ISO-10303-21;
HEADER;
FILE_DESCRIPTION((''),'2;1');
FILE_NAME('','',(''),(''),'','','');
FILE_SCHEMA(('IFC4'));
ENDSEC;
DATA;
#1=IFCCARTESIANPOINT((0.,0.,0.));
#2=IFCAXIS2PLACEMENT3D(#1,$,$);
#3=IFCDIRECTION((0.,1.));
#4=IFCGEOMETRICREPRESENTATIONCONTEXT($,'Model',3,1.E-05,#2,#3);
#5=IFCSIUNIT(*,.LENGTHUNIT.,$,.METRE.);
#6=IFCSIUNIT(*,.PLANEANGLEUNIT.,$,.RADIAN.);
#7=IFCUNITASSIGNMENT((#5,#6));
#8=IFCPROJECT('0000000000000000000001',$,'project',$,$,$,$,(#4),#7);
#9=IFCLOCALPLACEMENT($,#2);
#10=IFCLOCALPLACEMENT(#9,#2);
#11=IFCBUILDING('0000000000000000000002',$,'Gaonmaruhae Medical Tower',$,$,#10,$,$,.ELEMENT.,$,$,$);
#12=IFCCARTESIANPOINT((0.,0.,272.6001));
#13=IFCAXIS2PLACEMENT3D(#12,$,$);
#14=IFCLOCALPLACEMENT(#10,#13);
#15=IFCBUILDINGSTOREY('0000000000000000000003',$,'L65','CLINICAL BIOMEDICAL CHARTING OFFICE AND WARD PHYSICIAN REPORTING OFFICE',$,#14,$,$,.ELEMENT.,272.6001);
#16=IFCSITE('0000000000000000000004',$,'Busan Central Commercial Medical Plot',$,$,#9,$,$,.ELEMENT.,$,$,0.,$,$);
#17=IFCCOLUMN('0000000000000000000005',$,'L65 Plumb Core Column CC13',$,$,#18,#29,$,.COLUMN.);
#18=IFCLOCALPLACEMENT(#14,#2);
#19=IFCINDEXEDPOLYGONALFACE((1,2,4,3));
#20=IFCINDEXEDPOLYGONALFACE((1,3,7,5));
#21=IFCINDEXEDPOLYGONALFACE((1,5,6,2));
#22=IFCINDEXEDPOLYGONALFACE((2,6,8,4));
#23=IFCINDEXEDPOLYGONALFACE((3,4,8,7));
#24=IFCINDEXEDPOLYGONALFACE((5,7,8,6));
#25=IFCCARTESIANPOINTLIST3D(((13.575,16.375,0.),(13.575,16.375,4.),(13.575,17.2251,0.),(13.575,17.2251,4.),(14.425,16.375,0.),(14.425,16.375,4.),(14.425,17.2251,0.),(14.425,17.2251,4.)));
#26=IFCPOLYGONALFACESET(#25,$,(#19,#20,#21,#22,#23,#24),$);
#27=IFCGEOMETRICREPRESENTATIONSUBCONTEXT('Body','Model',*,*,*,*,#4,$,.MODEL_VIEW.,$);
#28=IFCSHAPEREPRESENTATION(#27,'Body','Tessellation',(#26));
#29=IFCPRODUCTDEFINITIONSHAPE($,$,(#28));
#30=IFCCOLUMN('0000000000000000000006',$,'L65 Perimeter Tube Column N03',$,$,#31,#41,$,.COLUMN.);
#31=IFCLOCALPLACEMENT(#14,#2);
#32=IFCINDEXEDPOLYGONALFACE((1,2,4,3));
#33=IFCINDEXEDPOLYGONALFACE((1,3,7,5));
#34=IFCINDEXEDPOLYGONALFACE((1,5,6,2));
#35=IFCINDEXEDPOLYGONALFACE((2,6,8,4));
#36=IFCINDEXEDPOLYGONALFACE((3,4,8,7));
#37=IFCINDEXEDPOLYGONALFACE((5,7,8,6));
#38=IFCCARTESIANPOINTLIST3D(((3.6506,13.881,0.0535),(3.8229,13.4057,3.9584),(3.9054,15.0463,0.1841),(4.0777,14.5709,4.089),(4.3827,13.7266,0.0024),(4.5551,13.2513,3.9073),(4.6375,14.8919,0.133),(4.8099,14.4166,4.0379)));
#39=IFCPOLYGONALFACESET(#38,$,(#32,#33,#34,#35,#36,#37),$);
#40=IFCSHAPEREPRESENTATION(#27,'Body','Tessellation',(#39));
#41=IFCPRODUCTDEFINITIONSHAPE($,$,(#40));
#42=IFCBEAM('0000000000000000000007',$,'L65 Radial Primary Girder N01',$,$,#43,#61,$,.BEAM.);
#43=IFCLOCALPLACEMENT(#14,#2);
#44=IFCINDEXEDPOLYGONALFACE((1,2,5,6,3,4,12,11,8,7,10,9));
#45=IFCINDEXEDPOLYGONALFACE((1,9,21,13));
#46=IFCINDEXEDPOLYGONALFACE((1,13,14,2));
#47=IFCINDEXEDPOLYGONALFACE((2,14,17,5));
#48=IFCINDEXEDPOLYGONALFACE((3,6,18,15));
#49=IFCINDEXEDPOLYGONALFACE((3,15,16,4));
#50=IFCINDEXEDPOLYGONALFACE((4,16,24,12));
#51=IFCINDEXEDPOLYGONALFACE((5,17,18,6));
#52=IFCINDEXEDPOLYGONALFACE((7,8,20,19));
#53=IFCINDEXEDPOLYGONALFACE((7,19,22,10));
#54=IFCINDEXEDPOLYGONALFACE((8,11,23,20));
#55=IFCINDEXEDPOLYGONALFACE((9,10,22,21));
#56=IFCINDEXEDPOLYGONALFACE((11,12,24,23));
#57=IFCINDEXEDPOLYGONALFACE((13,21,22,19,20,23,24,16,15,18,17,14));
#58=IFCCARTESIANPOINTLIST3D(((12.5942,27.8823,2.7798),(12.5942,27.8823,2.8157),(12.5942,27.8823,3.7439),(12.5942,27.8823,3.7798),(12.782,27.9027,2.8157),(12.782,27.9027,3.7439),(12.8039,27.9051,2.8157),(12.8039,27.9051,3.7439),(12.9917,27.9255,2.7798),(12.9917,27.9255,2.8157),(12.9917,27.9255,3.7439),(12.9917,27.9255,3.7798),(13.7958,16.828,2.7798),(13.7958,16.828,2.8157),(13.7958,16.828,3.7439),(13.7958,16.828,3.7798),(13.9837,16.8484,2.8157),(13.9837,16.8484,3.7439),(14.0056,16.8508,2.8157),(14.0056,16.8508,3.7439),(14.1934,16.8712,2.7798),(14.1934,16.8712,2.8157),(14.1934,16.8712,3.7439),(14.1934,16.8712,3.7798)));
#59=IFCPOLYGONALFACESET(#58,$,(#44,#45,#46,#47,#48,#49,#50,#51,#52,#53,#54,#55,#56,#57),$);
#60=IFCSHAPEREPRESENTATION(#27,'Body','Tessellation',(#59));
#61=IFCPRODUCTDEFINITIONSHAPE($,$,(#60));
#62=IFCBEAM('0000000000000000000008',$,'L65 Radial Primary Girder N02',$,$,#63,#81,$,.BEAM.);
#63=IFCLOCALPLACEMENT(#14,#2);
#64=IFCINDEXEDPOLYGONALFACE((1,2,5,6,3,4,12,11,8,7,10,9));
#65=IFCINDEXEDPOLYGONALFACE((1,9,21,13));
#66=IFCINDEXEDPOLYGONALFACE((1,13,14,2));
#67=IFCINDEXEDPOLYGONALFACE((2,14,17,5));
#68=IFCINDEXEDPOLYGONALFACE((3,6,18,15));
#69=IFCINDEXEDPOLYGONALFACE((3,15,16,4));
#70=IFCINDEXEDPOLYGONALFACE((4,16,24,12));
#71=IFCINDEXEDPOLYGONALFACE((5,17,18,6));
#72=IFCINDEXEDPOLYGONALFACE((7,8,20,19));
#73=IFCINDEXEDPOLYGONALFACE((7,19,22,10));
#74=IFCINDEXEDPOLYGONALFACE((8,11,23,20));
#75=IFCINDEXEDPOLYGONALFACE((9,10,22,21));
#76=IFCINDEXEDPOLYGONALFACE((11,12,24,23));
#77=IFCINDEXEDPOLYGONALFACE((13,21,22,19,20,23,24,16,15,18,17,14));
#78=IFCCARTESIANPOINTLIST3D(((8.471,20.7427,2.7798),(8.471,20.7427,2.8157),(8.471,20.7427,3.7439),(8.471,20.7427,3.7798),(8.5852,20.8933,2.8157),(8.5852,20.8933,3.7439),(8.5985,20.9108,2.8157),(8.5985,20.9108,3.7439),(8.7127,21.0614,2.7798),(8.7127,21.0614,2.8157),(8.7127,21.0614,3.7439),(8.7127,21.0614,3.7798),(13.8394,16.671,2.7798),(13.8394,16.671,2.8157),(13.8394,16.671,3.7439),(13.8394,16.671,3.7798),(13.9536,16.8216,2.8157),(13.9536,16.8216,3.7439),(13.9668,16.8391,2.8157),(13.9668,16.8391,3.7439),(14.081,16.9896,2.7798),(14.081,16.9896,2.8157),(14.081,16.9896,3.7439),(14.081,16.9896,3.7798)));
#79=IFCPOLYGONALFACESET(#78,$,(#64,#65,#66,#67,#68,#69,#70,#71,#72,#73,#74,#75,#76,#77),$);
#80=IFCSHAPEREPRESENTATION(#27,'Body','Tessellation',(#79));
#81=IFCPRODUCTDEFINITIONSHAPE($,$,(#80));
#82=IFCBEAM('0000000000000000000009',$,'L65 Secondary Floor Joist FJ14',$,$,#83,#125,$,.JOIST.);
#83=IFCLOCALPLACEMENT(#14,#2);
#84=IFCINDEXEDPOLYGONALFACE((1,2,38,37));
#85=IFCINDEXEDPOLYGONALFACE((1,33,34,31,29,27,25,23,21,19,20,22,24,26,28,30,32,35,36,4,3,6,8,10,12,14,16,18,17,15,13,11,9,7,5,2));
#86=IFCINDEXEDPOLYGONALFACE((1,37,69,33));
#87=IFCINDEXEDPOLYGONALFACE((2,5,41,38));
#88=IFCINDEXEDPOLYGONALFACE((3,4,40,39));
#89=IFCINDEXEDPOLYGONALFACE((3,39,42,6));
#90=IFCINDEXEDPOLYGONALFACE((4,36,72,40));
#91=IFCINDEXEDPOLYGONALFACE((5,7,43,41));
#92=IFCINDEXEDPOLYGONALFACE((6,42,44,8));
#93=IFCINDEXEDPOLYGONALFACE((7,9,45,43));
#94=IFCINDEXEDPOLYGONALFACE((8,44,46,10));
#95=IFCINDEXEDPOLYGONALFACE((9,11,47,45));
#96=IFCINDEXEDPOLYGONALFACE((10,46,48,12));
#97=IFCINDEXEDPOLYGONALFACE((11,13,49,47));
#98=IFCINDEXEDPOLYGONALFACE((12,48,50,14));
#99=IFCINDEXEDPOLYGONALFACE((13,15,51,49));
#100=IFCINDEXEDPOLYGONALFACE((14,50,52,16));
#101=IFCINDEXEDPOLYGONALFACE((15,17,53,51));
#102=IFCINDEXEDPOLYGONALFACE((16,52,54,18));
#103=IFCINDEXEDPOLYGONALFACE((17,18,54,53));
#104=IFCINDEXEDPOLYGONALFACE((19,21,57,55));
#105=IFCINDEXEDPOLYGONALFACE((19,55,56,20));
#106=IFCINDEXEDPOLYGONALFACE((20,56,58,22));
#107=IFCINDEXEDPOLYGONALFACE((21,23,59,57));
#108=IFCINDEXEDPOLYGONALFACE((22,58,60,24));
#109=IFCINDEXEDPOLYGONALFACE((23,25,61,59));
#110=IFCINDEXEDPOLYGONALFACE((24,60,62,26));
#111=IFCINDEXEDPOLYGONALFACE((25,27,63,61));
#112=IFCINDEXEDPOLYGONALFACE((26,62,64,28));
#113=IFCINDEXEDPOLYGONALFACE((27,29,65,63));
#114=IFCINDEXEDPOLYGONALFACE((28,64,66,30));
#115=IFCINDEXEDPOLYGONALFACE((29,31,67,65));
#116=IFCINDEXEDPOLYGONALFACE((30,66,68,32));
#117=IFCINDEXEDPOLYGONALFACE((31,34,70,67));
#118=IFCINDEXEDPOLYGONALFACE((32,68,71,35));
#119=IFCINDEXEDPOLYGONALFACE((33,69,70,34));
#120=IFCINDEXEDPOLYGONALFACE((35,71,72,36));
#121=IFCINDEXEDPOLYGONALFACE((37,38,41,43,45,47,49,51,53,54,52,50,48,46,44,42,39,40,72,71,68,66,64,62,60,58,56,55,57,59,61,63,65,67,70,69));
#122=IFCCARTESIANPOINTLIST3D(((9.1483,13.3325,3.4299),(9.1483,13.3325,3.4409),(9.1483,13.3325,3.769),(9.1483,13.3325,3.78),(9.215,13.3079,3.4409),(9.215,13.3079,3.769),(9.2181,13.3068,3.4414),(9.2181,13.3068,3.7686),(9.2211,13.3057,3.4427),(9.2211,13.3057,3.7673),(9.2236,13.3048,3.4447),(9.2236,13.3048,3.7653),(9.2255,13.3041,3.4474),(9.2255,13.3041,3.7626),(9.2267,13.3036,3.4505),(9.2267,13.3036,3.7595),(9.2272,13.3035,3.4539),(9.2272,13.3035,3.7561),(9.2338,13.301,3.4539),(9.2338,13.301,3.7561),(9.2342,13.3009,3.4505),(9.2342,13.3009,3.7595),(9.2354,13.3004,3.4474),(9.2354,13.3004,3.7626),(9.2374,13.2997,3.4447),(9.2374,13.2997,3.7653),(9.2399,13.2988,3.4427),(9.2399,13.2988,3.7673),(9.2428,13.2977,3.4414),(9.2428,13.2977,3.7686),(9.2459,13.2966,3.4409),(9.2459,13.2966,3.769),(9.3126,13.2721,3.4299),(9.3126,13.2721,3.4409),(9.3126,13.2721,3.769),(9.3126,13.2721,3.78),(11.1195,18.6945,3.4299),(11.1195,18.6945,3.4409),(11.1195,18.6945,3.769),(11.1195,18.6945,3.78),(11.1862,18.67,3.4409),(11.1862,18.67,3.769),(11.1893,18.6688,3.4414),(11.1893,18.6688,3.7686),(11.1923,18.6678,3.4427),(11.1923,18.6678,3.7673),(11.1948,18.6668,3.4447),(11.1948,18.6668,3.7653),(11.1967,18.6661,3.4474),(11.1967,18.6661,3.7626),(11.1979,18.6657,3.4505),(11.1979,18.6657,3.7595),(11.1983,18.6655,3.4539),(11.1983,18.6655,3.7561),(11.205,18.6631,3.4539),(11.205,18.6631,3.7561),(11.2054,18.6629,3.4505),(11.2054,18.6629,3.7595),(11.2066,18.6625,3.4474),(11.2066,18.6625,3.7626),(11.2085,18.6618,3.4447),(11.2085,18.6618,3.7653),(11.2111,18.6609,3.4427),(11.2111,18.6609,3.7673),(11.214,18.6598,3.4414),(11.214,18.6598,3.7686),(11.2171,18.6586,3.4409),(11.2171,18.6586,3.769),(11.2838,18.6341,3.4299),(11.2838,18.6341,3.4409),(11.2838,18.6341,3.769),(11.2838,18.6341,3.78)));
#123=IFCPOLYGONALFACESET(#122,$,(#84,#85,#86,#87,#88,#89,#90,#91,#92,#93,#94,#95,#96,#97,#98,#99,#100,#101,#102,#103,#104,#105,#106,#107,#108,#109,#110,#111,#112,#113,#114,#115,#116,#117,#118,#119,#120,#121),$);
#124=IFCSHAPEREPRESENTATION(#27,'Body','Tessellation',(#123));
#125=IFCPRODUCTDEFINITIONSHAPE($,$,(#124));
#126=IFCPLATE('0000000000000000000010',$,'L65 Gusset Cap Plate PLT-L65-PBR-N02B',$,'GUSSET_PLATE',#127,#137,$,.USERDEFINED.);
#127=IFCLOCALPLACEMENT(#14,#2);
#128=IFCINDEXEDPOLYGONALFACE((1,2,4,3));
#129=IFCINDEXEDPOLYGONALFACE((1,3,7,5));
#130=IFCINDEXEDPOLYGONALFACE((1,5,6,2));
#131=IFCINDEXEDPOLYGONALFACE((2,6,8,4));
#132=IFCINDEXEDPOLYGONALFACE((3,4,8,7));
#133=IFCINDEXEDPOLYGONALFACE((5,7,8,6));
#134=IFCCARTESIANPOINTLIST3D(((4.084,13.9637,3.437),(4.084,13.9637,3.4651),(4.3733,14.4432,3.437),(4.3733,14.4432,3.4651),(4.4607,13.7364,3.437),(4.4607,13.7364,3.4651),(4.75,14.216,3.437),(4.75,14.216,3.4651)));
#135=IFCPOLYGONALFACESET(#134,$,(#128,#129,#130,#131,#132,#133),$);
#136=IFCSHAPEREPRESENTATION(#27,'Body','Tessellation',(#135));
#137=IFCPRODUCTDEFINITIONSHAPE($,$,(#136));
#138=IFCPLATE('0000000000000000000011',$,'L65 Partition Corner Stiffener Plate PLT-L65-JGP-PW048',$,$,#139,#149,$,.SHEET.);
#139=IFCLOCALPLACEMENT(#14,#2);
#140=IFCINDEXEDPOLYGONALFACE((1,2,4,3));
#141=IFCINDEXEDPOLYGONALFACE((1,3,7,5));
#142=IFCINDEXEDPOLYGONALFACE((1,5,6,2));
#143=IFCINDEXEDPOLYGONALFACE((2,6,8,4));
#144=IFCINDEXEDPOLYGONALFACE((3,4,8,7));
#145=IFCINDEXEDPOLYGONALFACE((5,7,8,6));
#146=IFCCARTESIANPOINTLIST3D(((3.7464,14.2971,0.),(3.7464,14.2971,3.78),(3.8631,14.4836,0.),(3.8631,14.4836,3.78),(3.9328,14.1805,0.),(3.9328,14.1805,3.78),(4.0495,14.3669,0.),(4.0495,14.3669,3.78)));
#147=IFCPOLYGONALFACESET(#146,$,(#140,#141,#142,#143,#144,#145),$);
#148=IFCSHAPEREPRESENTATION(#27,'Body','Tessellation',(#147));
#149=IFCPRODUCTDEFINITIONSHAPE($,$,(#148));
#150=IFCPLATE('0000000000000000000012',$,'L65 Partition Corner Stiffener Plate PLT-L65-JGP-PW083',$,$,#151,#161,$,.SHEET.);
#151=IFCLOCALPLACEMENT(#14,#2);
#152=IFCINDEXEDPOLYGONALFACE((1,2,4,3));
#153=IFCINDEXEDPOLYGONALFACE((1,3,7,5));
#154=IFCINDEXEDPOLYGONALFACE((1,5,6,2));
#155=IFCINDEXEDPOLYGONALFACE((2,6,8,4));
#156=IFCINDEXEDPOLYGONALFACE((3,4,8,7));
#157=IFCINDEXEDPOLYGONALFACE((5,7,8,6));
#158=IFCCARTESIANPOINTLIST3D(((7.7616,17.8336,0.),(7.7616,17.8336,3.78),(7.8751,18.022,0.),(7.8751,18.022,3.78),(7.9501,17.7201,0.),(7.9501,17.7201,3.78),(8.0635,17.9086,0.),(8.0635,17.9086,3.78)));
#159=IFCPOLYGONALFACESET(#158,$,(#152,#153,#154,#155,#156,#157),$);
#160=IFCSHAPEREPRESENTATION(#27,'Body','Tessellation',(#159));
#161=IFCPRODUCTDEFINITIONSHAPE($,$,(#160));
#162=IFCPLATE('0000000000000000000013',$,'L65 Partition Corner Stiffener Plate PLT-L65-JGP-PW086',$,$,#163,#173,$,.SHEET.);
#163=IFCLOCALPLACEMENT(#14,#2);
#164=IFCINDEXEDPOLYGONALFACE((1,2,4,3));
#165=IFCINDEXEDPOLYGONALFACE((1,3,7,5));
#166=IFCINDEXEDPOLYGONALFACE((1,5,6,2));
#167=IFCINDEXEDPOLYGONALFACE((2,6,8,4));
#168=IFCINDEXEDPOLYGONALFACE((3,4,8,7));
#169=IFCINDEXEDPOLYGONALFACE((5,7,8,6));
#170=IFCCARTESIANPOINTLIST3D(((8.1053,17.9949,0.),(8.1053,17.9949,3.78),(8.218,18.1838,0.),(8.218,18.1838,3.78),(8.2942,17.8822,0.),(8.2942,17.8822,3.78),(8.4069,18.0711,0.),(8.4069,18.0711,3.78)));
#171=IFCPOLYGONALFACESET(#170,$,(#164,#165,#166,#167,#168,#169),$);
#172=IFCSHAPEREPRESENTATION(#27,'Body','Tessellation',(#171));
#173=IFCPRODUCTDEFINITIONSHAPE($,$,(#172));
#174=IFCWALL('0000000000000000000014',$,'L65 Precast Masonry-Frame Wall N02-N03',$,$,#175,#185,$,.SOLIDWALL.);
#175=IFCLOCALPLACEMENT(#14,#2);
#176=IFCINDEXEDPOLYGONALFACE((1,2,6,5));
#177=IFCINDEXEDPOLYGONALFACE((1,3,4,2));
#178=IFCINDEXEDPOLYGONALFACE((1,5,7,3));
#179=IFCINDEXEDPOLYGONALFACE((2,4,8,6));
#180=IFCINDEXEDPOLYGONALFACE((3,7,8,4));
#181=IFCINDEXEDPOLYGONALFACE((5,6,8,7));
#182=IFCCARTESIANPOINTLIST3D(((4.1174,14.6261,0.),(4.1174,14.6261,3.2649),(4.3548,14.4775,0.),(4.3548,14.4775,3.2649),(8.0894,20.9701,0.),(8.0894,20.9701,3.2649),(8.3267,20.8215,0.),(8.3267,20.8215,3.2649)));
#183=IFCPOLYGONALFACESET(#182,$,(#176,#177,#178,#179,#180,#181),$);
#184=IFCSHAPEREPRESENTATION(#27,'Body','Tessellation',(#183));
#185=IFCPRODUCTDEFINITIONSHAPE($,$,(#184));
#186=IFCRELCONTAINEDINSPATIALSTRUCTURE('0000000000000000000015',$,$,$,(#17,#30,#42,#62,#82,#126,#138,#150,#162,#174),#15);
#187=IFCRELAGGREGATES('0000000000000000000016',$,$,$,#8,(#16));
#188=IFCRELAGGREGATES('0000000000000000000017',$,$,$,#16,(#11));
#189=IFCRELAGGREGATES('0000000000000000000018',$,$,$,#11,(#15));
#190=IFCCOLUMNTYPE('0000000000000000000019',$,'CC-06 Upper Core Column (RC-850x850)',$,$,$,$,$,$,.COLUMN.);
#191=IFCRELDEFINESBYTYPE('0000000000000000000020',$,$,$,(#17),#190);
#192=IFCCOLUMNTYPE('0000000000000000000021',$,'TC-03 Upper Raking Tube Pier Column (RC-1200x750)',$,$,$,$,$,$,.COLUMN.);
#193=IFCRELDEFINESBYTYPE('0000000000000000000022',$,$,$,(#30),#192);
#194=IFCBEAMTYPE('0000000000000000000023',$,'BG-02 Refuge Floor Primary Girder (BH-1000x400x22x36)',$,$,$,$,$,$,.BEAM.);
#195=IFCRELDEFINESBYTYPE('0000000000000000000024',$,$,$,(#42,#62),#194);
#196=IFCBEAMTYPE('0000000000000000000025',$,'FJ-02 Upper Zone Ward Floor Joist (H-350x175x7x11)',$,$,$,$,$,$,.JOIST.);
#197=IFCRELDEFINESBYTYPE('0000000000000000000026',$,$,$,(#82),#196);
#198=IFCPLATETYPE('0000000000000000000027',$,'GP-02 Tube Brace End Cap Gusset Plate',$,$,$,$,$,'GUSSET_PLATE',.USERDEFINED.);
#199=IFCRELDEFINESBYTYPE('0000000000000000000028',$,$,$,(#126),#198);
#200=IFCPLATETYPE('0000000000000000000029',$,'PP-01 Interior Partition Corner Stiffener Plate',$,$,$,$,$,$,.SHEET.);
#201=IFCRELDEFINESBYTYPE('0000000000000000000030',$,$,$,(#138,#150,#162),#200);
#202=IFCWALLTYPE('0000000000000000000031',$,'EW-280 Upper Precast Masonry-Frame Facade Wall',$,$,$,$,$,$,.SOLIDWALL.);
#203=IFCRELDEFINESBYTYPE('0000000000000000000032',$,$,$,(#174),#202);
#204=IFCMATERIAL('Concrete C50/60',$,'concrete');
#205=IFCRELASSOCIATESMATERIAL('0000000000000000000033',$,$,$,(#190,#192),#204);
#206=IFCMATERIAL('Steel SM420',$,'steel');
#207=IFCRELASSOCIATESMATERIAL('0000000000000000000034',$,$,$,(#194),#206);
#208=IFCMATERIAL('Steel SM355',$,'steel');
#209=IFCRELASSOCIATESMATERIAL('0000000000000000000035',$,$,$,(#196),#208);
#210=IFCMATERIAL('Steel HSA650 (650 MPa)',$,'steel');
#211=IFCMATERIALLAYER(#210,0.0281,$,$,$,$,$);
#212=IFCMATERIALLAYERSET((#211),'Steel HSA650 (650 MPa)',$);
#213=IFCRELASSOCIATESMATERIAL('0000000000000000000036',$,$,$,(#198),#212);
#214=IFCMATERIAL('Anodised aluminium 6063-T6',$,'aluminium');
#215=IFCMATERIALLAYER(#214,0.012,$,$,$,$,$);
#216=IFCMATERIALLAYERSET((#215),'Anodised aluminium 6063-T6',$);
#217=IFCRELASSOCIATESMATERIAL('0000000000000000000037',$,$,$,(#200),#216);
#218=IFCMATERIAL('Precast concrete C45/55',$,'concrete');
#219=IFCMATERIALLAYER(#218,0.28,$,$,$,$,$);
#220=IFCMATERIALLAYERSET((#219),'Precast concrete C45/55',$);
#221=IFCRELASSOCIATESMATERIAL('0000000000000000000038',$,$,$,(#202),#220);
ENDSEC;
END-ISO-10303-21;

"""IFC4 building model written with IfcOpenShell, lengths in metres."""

from ifc_helpers import new_model, si_unit, direction, frame, frame_2d, origin, origin_2d, place, context, subcontext, project, spatial, rectangle, i_section, extrude, material, layer, layer_set, material_profile, profile_set, type_object, element, save


model = new_model("IFC4")

# Units and contexts
model_context = context("Model", 3, precision=1e-05, world=origin(), true_north=direction((0.0, 1.0)))
body_context = subcontext(model_context, "Body", "Model", "MODEL_VIEW")
ifc_project = project(units=[si_unit("LENGTHUNIT", "METRE"), si_unit("PLANEANGLEUNIT", "RADIAN")], contexts=[model_context])

# Site, building, storey
site_placement = place(None, origin())
site = spatial("IfcSite", under=ifc_project, at=site_placement, Name="Busan Central Commercial Medical Plot", CompositionType="ELEMENT", RefElevation=0.0)
building_placement = place(site_placement, origin())
building = spatial("IfcBuilding", under=site, at=building_placement, Name="Gaonmaruhae Medical Tower", CompositionType="ELEMENT")
storey_placement = place(building_placement, frame((0.0, 0.0, 272.6001)))
storey = spatial("IfcBuildingStorey", under=building, at=storey_placement, Name="L65", Description="CLINICAL BIOMEDICAL CHARTING OFFICE AND WARD PHYSICIAN REPORTING OFFICE", CompositionType="ELEMENT", Elevation=272.6001)

# Columns
ifc_material_1 = material(Name="Concrete C50/60", Category="concrete")
ifc_material_profile_1 = material_profile(ifc_material_1, rectangle(XDim=0.8501, YDim=0.8501, at=origin_2d()), Name="RC-850x850")
ifc_profile_set_1 = profile_set([ifc_material_profile_1], Name="Concrete C50/60")
column_type_1 = type_object("IfcColumnType", Name="CC-06 Upper Core Column (RC-850x850)", PredefinedType="COLUMN", material=ifc_profile_set_1)
column_1_placement = place(storey_placement, frame((14.0, 16.8, 0.0), z_axis=(0.0, 0.0, 1.0), x_axis=(1.0, 0.0, 0.0)))
element("IfcColumn", 1, at=column_1_placement, inside=storey, type_object=column_type_1, Name="L65 Plumb Core Column CC13", PredefinedType="COLUMN", context=body_context, shape_type="SweptSolid", body=[
    extrude(rectangle(XDim=0.8501, YDim=0.8501, at=origin_2d()), origin(), (0.0, 0.0, 1.0), 4.0),
])
ifc_material_profile_2 = material_profile(ifc_material_1, rectangle(XDim=1.2, YDim=0.75, at=origin_2d()), Name="RC-1200x750")
ifc_profile_set_2 = profile_set([ifc_material_profile_2], Name="Concrete C50/60")
column_type_2 = type_object("IfcColumnType", Name="TC-03 Upper Raking Tube Pier Column (RC-1200x750)", PredefinedType="COLUMN", material=ifc_profile_set_2)
column_2_placement = place(storey_placement, frame((4.144, 14.3865, 0.0933), z_axis=(0.043776, -0.120725, 0.99172), x_axis=(0.212333, 0.971117, 0.108844)))
element("IfcColumn", 2, at=column_2_placement, inside=storey, type_object=column_type_2, Name="L65 Perimeter Tube Column N03", PredefinedType="COLUMN", context=body_context, shape_type="SweptSolid", body=[
    extrude(rectangle(XDim=1.2, YDim=0.75, at=origin_2d()), origin(), (0.0, 0.0, 1.0), 3.9375),
])

# Beams
ifc_material_2 = material(Name="Steel SM420", Category="steel")
ifc_material_profile_3 = material_profile(ifc_material_2, i_section(OverallWidth=0.3999, OverallDepth=1.0, WebThickness=0.022, FlangeThickness=0.0359, at=origin_2d()), Name="BH-1000x400x22x36")
ifc_profile_set_3 = profile_set([ifc_material_profile_3], Name="Steel SM420")
beam_type_1 = type_object("IfcBeamType", Name="BG-02 Refuge Floor Primary Girder (BH-1000x400x22x36)", PredefinedType="BEAM", material=ifc_profile_set_3)
beam_1_placement = place(storey_placement, frame((13.9946, 16.8496, 3.2798), z_axis=(-0.10807, 0.994143, 0.0), x_axis=(-0.994143, -0.10807, 0.0)))
element("IfcBeam", 3, at=beam_1_placement, inside=storey, type_object=beam_type_1, Name="L65 Radial Primary Girder N01", PredefinedType="BEAM", context=body_context, shape_type="SweptSolid", body=[
    extrude(i_section(OverallWidth=0.3999, OverallDepth=1.0, WebThickness=0.022, FlangeThickness=0.0359, at=origin_2d()), origin(), (0.0, 0.0, 1.0), 11.1194),
])
beam_2_placement = place(storey_placement, frame((13.9602, 16.8303, 3.2798), z_axis=(-0.796749, 0.60431, 0.0), x_axis=(-0.60431, -0.796749, 0.0)))
element("IfcBeam", 4, at=beam_2_placement, inside=storey, type_object=beam_type_1, Name="L65 Radial Primary Girder N02", PredefinedType="BEAM", context=body_context, shape_type="SweptSolid", body=[
    extrude(i_section(OverallWidth=0.3999, OverallDepth=1.0, WebThickness=0.022, FlangeThickness=0.0359, at=origin_2d()), origin(), (0.0, 0.0, 1.0), 6.7378),
])
ifc_material_3 = material(Name="Steel SM355", Category="steel")
ifc_material_profile_4 = material_profile(ifc_material_3, i_section(OverallWidth=0.175, OverallDepth=0.3501, WebThickness=0.0071, FlangeThickness=0.011, FilletRadius=0.0129, at=origin_2d()), Name="H-350x175x7x11")
ifc_profile_set_4 = profile_set([ifc_material_profile_4], Name="Steel SM355")
beam_type_2 = type_object("IfcBeamType", Name="FJ-02 Upper Zone Ward Floor Joist (H-350x175x7x11)", PredefinedType="JOIST", material=ifc_profile_set_4)
beam_3_placement = place(storey_placement, frame((11.2017, 18.6643, 3.605), z_axis=(-0.345042, -0.938587, 0.0), x_axis=(0.938587, -0.345042, 0.0)))
element("IfcBeam", 5, at=beam_3_placement, inside=storey, type_object=beam_type_2, Name="L65 Secondary Floor Joist FJ14", PredefinedType="JOIST", context=body_context, shape_type="SweptSolid", body=[
    extrude(i_section(OverallWidth=0.175, OverallDepth=0.3501, WebThickness=0.0071, FlangeThickness=0.011, FilletRadius=0.0129, at=origin_2d()), origin(), (0.0, 0.0, 1.0), 5.7129),
])

# Plates
ifc_material_4 = material(Name="Steel HSA650 (650 MPa)", Category="steel")
ifc_layer_1 = layer(ifc_material_4, 0.0281)
ifc_layer_set_1 = layer_set([ifc_layer_1], Name="Steel HSA650 (650 MPa)")
plate_type_1 = type_object("IfcPlateType", Name="GP-02 Tube Brace End Cap Gusset Plate", ElementType="GUSSET_PLATE", PredefinedType="USERDEFINED", material=ifc_layer_set_1)
plate_placement = place(storey_placement, frame((4.417, 14.0898, 3.437), z_axis=(0.0, 0.0, 1.0), x_axis=(0.516533, 0.856267, 0.0)))
element("IfcPlate", 6, at=plate_placement, inside=storey, type_object=plate_type_1, Name="L65 Gusset Cap Plate PLT-L65-PBR-N02B", ObjectType="GUSSET_PLATE", PredefinedType="USERDEFINED", context=body_context, shape_type="SweptSolid", body=[
    extrude(rectangle(XDim=0.5601, YDim=0.4399, at=origin_2d()), origin(), (0.0, 0.0, 1.0), 0.0281),
])
ifc_material_5 = material(Name="Anodised aluminium 6063-T6", Category="aluminium")
ifc_layer_2 = layer(ifc_material_5, 0.012)
ifc_layer_set_2 = layer_set([ifc_layer_2], Name="Anodised aluminium 6063-T6")
plate_type_2 = type_object("IfcPlateType", Name="PP-01 Interior Partition Corner Stiffener Plate", PredefinedType="SHEET", material=ifc_layer_set_2)
for number, where, z_axis, x_axis, name in (
    (7, (3.8979, 14.332, 0.0), (0.0, 0.0, 1.0), (0.530496, 0.847687, 0.0), "L65 Partition Corner Stiffener Plate PLT-L65-JGP-PW048"),
    (8, (7.9126, 17.8711, 0.0), (0.0, 0.0, 1.0), (-0.515666, -0.85679, 0.0), "L65 Partition Corner Stiffener Plate PLT-L65-JGP-PW083"),
    (9, (8.2561, 18.033, 0.0), (0.0, 0.0, 1.0), (-0.858745, 0.512403, 0.0), "L65 Partition Corner Stiffener Plate PLT-L65-JGP-PW086"),
):
    element("IfcPlate", number, at=place(storey_placement, frame(where, z_axis=z_axis, x_axis=x_axis)), inside=storey, type_object=plate_type_2, Name=name, PredefinedType="SHEET", context=body_context, shape_type="SweptSolid", body=[
        extrude(rectangle(XDim=0.22, YDim=0.22, at=origin_2d()), origin(), (0.0, 0.0, 1.0), 3.78),
    ])

# Wall
ifc_material_6 = material(Name="Precast concrete C45/55", Category="concrete")
ifc_layer_3 = layer(ifc_material_6, 0.28)
ifc_layer_set_3 = layer_set([ifc_layer_3], Name="Precast concrete C45/55")
wall_type_1 = type_object("IfcWallType", Name="EW-280 Upper Precast Masonry-Frame Facade Wall", PredefinedType="SOLIDWALL", material=ifc_layer_set_3)
wall_1_placement = place(storey_placement, frame((4.2361, 14.5518, 0.0), z_axis=(0.0, 0.0, 1.0), x_axis=(0.530664, 0.847582, 0.0)))
element("IfcWall", 10, at=wall_1_placement, inside=storey, type_object=wall_type_1, Name="L65 Precast Masonry-Frame Wall N02-N03", PredefinedType="SOLIDWALL", context=body_context, shape_type="SweptSolid", body=[
    extrude(rectangle(XDim=7.4849, YDim=0.28, at=frame_2d((3.7424, 0.0))), origin(), (0.0, 0.0, 1.0), 3.2649),
])

save(model, "model.ifc")
